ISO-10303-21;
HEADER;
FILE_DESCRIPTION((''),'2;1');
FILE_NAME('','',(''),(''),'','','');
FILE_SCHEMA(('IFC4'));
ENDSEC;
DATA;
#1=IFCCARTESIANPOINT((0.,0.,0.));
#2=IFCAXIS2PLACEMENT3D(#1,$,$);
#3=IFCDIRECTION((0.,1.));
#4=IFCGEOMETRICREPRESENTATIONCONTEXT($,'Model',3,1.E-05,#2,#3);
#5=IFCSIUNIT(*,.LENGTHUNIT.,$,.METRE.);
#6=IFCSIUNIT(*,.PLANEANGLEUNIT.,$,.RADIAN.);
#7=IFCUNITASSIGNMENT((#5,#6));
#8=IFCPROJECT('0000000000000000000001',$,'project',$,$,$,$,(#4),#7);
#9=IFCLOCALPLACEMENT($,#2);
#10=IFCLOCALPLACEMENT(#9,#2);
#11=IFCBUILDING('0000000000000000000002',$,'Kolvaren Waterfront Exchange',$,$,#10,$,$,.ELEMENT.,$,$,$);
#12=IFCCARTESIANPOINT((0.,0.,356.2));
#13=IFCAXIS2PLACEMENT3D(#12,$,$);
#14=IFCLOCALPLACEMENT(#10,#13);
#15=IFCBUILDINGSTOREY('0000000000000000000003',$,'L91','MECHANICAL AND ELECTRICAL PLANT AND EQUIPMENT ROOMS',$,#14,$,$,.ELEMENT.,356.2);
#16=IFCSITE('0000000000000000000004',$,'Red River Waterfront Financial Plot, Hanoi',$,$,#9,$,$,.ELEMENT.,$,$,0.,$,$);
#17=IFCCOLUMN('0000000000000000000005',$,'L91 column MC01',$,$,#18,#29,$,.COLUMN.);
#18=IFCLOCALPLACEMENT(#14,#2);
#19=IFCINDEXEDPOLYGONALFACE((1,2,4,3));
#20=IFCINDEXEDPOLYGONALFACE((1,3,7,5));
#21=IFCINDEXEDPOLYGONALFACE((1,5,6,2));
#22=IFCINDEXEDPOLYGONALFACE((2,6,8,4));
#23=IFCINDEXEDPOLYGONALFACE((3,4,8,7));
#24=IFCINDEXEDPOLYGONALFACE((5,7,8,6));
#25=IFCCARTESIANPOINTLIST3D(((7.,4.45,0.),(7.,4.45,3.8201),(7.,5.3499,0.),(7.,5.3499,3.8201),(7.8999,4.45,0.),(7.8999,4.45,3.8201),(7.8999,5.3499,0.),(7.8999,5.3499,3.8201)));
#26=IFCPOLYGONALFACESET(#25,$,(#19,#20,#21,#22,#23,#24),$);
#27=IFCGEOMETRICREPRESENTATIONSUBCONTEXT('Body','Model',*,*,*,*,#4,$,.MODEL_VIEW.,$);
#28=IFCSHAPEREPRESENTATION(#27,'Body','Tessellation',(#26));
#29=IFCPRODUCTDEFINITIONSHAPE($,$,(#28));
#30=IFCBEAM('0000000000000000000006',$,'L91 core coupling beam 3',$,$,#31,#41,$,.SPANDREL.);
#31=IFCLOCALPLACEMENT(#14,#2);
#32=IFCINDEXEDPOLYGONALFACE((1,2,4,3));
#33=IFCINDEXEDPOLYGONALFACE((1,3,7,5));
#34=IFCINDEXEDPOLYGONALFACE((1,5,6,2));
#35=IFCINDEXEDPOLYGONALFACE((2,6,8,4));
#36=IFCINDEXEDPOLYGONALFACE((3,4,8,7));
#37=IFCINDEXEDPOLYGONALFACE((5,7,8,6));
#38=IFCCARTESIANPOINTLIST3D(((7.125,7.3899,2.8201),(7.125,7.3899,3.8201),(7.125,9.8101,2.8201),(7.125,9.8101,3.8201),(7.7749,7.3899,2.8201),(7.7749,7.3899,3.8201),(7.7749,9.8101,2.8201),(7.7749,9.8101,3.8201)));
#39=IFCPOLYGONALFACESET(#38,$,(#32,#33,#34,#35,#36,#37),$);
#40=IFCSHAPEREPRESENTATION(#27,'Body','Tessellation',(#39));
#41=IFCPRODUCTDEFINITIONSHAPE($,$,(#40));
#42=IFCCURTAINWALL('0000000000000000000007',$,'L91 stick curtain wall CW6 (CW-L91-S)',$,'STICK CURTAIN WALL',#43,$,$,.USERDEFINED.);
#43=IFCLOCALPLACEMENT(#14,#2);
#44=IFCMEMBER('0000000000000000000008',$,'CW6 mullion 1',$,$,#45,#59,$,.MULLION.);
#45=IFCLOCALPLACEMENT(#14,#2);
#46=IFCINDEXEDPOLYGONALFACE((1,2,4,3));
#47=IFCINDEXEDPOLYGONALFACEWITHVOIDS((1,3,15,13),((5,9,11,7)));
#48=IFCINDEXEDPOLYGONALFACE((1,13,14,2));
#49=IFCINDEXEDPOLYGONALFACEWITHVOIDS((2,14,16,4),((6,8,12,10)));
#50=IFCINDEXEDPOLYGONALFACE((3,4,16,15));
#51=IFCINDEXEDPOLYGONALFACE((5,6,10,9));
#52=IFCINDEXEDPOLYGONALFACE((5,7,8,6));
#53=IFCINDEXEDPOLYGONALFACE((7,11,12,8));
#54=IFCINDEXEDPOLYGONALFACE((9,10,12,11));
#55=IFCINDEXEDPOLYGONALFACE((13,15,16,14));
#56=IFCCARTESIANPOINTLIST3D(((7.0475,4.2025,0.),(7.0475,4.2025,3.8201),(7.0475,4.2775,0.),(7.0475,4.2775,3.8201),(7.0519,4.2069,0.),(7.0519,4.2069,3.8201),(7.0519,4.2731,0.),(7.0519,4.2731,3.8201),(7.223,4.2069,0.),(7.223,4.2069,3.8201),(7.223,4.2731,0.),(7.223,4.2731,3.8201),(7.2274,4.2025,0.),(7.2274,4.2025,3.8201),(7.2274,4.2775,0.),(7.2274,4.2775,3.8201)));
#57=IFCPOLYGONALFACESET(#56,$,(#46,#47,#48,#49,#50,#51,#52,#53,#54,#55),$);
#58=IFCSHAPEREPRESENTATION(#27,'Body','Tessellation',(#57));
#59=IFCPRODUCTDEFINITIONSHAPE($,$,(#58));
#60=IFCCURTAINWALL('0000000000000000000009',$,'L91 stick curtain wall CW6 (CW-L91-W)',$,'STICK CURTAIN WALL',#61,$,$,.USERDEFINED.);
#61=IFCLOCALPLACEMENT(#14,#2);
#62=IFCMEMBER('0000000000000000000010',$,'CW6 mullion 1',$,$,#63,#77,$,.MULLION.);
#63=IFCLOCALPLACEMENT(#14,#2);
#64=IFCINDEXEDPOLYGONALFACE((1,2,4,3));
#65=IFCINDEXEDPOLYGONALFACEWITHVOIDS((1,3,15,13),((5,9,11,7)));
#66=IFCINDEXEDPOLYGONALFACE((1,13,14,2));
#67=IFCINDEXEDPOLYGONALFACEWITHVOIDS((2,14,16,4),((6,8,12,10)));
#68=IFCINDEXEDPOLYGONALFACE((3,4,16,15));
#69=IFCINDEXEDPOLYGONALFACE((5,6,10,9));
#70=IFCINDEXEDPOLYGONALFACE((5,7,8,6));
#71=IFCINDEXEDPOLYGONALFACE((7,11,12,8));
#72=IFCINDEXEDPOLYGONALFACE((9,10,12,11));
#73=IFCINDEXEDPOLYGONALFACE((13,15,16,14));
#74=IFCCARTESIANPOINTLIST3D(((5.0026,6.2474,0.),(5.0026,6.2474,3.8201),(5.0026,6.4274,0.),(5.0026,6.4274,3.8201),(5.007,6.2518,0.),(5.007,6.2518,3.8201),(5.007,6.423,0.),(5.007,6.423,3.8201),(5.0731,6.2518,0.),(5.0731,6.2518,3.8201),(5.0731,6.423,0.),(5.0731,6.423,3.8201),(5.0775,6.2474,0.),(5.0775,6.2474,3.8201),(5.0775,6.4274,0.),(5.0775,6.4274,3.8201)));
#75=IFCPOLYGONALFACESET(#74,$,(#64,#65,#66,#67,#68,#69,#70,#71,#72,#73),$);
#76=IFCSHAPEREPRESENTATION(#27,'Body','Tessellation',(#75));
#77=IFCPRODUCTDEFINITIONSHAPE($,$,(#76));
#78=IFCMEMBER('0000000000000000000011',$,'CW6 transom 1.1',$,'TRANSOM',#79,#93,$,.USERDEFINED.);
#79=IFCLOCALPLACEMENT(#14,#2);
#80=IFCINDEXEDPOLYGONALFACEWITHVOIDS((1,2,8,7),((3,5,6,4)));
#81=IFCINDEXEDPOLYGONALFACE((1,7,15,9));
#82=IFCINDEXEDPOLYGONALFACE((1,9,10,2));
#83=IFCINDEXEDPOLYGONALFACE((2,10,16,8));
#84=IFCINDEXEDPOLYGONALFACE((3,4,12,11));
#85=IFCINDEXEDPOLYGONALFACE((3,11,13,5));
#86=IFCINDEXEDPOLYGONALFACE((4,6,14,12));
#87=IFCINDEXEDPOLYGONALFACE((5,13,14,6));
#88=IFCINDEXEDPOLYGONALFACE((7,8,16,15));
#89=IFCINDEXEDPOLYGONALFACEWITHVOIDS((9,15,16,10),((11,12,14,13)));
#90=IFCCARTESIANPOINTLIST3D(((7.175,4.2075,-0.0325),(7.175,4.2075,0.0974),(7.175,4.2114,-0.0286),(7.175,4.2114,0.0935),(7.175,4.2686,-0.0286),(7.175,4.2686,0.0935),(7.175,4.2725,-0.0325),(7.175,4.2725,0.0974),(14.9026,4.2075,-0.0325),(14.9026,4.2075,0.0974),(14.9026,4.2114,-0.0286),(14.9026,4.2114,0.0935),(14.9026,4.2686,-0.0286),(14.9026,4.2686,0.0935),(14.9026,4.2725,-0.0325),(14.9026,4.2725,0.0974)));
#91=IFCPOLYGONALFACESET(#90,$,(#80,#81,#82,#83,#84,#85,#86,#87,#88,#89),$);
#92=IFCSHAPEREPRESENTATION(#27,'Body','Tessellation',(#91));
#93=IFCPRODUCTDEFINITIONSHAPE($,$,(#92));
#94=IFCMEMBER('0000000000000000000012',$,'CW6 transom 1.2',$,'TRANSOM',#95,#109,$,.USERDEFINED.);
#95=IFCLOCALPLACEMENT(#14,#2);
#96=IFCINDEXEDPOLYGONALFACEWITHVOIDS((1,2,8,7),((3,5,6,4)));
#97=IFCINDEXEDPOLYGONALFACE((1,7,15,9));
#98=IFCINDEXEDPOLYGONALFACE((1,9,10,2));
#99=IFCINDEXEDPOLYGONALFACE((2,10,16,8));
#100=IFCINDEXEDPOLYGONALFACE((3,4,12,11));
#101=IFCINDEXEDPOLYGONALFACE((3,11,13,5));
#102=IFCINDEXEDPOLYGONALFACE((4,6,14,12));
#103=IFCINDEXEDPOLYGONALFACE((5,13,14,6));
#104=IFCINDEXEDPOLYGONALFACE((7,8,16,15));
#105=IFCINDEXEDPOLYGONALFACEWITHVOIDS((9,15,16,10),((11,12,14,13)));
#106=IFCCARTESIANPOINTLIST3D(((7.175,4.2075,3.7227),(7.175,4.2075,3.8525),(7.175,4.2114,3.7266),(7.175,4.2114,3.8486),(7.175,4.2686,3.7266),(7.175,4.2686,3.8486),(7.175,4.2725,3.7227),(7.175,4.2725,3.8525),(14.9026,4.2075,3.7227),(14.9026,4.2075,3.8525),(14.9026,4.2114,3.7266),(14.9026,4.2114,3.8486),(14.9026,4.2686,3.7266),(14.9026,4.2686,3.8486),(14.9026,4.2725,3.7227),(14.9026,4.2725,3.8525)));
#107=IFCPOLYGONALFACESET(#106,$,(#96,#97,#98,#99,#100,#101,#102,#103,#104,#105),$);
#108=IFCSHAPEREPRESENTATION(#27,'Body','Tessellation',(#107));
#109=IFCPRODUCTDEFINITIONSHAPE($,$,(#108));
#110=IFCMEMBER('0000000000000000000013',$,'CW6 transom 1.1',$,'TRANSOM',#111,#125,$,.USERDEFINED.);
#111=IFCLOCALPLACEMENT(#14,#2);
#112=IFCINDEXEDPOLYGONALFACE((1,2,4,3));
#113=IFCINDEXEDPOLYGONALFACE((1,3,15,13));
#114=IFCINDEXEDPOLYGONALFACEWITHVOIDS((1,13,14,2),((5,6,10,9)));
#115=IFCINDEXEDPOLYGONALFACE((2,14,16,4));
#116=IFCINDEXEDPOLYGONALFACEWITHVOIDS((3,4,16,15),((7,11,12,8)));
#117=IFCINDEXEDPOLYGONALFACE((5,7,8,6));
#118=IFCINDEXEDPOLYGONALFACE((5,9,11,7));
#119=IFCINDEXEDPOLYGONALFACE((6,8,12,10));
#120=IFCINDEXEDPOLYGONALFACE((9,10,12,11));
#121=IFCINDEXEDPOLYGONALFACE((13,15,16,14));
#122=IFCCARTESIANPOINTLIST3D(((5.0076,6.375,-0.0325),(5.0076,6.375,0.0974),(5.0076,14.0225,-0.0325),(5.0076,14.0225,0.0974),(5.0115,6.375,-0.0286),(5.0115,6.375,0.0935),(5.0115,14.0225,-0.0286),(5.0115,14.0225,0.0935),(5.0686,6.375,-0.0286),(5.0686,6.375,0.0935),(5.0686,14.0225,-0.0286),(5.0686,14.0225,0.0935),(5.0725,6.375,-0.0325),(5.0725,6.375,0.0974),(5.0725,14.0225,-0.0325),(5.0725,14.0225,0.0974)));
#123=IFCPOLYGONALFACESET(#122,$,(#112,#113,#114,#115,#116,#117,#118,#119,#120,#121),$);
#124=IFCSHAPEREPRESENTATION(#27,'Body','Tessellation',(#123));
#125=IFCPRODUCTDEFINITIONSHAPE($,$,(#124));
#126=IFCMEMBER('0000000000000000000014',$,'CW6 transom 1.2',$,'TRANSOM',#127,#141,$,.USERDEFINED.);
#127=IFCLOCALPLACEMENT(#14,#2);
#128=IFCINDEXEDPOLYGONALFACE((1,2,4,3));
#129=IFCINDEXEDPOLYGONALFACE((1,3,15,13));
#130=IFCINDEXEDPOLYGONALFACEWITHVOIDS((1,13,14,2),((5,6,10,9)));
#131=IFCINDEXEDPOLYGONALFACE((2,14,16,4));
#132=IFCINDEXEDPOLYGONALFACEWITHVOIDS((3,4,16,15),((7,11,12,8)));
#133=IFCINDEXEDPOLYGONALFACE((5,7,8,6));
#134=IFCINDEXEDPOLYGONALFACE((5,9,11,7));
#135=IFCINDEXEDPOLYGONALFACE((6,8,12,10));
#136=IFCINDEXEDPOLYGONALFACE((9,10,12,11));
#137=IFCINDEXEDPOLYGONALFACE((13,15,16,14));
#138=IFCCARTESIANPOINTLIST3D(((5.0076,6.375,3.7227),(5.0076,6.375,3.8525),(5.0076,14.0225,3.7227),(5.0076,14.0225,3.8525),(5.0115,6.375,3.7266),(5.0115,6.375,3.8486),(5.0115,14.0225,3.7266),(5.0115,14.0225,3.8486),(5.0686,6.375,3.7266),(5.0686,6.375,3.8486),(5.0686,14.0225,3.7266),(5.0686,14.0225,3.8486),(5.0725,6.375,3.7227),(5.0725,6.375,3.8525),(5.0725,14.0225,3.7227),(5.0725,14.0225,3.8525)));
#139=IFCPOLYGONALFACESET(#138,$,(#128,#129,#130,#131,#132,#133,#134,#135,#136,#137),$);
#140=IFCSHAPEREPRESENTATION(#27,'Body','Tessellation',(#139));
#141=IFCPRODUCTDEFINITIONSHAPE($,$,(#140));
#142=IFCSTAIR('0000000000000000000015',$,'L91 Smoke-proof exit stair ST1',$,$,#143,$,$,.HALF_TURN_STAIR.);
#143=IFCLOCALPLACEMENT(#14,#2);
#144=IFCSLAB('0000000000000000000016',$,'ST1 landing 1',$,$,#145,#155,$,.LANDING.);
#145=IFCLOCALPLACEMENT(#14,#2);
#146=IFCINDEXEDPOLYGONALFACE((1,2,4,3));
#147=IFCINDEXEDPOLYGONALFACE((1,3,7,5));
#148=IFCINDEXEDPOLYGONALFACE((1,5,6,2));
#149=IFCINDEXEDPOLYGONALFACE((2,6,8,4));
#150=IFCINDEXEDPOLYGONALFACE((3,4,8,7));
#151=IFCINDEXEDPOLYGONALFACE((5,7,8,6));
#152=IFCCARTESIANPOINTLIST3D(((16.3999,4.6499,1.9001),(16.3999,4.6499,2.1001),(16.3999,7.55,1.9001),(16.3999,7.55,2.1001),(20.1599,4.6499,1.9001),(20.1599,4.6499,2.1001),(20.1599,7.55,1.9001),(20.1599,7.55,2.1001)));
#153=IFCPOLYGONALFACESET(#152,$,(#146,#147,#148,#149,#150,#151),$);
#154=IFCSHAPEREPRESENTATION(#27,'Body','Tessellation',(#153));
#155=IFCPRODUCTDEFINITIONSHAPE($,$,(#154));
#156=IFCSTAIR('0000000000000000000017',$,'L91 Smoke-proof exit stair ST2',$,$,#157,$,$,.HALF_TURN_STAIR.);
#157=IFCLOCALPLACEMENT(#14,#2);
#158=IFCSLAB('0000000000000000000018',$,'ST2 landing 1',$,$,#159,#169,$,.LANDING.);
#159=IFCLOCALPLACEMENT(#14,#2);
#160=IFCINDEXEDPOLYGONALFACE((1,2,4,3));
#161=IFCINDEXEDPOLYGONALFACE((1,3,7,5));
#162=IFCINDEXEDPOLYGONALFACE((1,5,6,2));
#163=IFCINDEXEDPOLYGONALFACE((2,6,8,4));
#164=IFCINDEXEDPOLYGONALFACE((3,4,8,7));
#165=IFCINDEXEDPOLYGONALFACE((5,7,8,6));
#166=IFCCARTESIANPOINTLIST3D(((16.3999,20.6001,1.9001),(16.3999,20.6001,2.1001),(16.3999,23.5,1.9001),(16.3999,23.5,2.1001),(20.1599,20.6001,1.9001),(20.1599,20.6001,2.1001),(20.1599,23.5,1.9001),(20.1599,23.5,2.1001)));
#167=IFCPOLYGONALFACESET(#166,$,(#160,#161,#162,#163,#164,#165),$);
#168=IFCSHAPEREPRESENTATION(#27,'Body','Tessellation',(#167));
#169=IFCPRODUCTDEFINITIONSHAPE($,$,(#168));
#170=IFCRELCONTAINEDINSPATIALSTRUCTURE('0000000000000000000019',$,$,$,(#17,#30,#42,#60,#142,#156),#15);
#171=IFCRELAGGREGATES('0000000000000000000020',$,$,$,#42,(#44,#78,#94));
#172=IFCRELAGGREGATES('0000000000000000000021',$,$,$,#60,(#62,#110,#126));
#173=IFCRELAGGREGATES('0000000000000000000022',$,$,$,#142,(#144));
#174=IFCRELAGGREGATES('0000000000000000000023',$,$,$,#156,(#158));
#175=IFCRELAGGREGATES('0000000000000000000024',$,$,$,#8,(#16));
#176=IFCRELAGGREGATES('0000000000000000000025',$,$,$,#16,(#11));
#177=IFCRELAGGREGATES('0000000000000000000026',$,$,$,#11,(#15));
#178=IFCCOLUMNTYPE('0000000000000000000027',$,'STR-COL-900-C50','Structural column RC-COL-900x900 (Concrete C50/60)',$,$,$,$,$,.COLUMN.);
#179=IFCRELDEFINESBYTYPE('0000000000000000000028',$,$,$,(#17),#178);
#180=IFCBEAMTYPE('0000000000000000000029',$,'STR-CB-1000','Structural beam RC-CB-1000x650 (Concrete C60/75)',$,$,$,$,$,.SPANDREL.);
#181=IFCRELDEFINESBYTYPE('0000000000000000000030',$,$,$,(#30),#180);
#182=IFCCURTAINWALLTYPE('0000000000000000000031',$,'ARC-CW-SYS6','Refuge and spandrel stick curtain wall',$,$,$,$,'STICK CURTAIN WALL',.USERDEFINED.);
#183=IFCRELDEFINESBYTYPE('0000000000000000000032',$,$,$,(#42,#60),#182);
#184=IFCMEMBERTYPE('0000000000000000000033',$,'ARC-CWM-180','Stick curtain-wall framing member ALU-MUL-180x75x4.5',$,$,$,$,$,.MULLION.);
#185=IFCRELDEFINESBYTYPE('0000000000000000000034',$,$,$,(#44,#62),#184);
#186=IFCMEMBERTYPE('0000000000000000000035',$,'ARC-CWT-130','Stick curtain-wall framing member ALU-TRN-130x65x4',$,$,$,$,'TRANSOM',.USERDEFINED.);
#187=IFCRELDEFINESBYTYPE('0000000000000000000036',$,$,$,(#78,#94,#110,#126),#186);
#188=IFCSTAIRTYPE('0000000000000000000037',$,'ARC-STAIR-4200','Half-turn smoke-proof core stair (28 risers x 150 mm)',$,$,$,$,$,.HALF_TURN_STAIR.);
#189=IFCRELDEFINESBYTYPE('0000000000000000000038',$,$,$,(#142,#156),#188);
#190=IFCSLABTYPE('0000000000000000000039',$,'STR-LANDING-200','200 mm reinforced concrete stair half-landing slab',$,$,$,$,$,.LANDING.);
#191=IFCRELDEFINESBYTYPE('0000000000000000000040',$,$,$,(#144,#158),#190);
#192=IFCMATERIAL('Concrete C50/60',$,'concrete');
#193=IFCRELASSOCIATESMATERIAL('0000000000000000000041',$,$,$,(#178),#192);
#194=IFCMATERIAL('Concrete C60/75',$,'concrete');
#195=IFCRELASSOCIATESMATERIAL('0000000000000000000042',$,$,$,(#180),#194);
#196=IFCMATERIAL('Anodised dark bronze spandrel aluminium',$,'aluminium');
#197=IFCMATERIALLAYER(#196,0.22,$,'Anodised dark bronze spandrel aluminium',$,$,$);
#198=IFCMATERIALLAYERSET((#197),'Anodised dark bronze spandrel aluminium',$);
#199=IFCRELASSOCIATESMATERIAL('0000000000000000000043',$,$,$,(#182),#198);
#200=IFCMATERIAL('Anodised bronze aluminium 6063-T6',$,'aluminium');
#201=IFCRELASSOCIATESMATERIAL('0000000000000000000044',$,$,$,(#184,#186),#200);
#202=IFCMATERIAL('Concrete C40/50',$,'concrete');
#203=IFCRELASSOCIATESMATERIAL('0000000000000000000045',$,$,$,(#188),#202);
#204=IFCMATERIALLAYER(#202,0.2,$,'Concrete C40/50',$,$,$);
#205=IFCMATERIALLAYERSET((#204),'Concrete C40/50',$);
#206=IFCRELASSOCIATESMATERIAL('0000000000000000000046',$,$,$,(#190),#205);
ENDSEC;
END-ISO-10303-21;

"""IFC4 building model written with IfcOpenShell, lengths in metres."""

from ifc_helpers import new_model, si_unit, direction, frame, origin, origin_with_axes, origin_2d, place, context, subcontext, project, spatial, polyline, rectangle, hollow_rectangle, outline, extrude, source, transform, mapped, material, layer, layer_set, material_profile, profile_set, type_object, element, aggregate, save


model = new_model("IFC4")

# Units and contexts
model_context = context("Model", 3, precision=1e-05, world=origin(), true_north=direction((0.0, 1.0)))
body_context = subcontext(model_context, "Body", "Model", "MODEL_VIEW")
ifc_project = project(units=[si_unit("LENGTHUNIT", "METRE"), si_unit("PLANEANGLEUNIT", "RADIAN")], contexts=[model_context])

# Site, building, storey
site_placement = place(None, origin())
site = spatial("IfcSite", under=ifc_project, at=site_placement, Name="Red River Waterfront Financial Plot, Hanoi", CompositionType="ELEMENT", RefElevation=0.0)
building_placement = place(site_placement, origin())
building = spatial("IfcBuilding", under=site, at=building_placement, Name="Kolvaren Waterfront Exchange", CompositionType="ELEMENT")
storey_placement = place(building_placement, frame((0.0, 0.0, 356.2)))
storey = spatial("IfcBuildingStorey", under=building, at=storey_placement, Name="L91", Description="MECHANICAL AND ELECTRICAL PLANT AND EQUIPMENT ROOMS", CompositionType="ELEMENT", Elevation=356.2)

# Column
ifc_material_1 = material(Name="Concrete C50/60", Category="concrete")
ifc_material_profile_1 = material_profile(ifc_material_1, rectangle(XDim=0.8999, YDim=0.8999, at=origin_2d()), Name="RC-COL-900x900")
ifc_profile_set_1 = profile_set([ifc_material_profile_1], Name="Concrete C50/60")
column_type = type_object("IfcColumnType", Name="STR-COL-900-C50", Description="Structural column RC-COL-900x900 (Concrete C50/60)", PredefinedType="COLUMN", material=ifc_profile_set_1)
column_placement = place(storey_placement, frame((7.45, 4.8999, 0.0), z_axis=(0.0, 0.0, 1.0), x_axis=(1.0, 0.0, 0.0)))
element("IfcColumn", 1, at=column_placement, inside=storey, type_object=column_type, Name="L91 column MC01", PredefinedType="COLUMN", context=body_context, shape_type="SweptSolid", body=[
    extrude(rectangle(XDim=0.8999, YDim=0.8999, at=origin_2d()), origin(), (0.0, 0.0, 1.0), 3.8201),
])

# Beam
ifc_material_2 = material(Name="Concrete C60/75", Category="concrete")
ifc_material_profile_2 = material_profile(ifc_material_2, rectangle(XDim=0.6499, YDim=1.0, at=origin_2d()), Name="RC-CB-1000x650")
ifc_profile_set_2 = profile_set([ifc_material_profile_2], Name="Concrete C60/75")
beam_type = type_object("IfcBeamType", Name="STR-CB-1000", Description="Structural beam RC-CB-1000x650 (Concrete C60/75)", PredefinedType="SPANDREL", material=ifc_profile_set_2)
beam_placement = place(storey_placement, frame((7.45, 7.3899, 3.3201), z_axis=(0.0, 1.0, 0.0), x_axis=(-1.0, 0.0, 0.0)))
element("IfcBeam", 2, at=beam_placement, inside=storey, type_object=beam_type, Name="L91 core coupling beam 3", PredefinedType="SPANDREL", context=body_context, shape_type="SweptSolid", body=[
    extrude(rectangle(XDim=0.6499, YDim=1.0, at=origin_2d()), origin(), (0.0, 0.0, 1.0), 2.4202),
])

# Curtain walls, members
ifc_material_3 = material(Name="Anodised dark bronze spandrel aluminium", Category="aluminium")
ifc_layer_1 = layer(ifc_material_3, 0.22, Name="Anodised dark bronze spandrel aluminium")
ifc_layer_set_1 = layer_set([ifc_layer_1], Name="Anodised dark bronze spandrel aluminium")
curtain_wall_type = type_object("IfcCurtainWallType", Name="ARC-CW-SYS6", Description="Refuge and spandrel stick curtain wall", ElementType="STICK CURTAIN WALL", PredefinedType="USERDEFINED", material=ifc_layer_set_1)
curtain_wall_1_placement = place(storey_placement, origin())
curtain_wall_1 = element("IfcCurtainWall", 3, at=curtain_wall_1_placement, inside=storey, type_object=curtain_wall_type, Name="L91 stick curtain wall CW6 (CW-L91-S)", ObjectType="STICK CURTAIN WALL", PredefinedType="USERDEFINED")
ifc_material_4 = material(Name="Anodised bronze aluminium 6063-T6", Category="aluminium")
ifc_material_profile_3 = material_profile(ifc_material_4, hollow_rectangle(XDim=0.075, YDim=0.1799, WallThickness=0.0044, at=origin_2d()), Name="ALU-MUL-180x75x4.5")
ifc_profile_set_3 = profile_set([ifc_material_profile_3], Name="Anodised bronze aluminium 6063-T6")
member_type_1 = type_object("IfcMemberType", Name="ARC-CWM-180", Description="Stick curtain-wall framing member ALU-MUL-180x75x4.5", PredefinedType="MULLION", material=ifc_profile_set_3)
shared_shape_1 = source(origin_with_axes(), body_context, "Body", "SweptSolid", [
    extrude(hollow_rectangle(XDim=0.075, YDim=0.1799, WallThickness=0.0044, at=origin_2d()), origin(), (0.0, 0.0, 1.0), 3.8201),
])
member_1_placement = place(storey_placement, frame((7.1375, 4.24, 0.0), z_axis=(0.0, 0.0, 1.0), x_axis=(0.0, 1.0, 0.0)))
member_1 = element("IfcMember", 4, at=member_1_placement, type_object=member_type_1, Name="CW6 mullion 1", PredefinedType="MULLION", context=body_context, shape_type="MappedRepresentation", body=[
    mapped(shared_shape_1, transform((0.0, 0.0, 0.0), x_axis=(1.0, 0.0, 0.0), y_axis=(0.0, 1.0, 0.0), z_axis=(0.0, 0.0, 1.0), scale=1.0)),
])
curtain_wall_2_placement = place(storey_placement, origin())
curtain_wall_2 = element("IfcCurtainWall", 5, at=curtain_wall_2_placement, inside=storey, type_object=curtain_wall_type, Name="L91 stick curtain wall CW6 (CW-L91-W)", ObjectType="STICK CURTAIN WALL", PredefinedType="USERDEFINED")
member_2_placement = place(storey_placement, frame((5.04, 6.3374, 0.0), z_axis=(0.0, 0.0, 1.0), x_axis=(-1.0, 0.0, 0.0)))
member_2 = element("IfcMember", 6, at=member_2_placement, type_object=member_type_1, Name="CW6 mullion 1", PredefinedType="MULLION", context=body_context, shape_type="MappedRepresentation", body=[
    mapped(shared_shape_1, transform((0.0, 0.0, 0.0), x_axis=(1.0, 0.0, 0.0), y_axis=(0.0, 1.0, 0.0), z_axis=(0.0, 0.0, 1.0), scale=1.0)),
])

# Members
ifc_material_profile_4 = material_profile(ifc_material_4, hollow_rectangle(XDim=0.0649, YDim=0.1299, WallThickness=0.0039, at=origin_2d()), Name="ALU-TRN-130x65x4")
ifc_profile_set_4 = profile_set([ifc_material_profile_4], Name="Anodised bronze aluminium 6063-T6")
member_type_2 = type_object("IfcMemberType", Name="ARC-CWT-130", Description="Stick curtain-wall framing member ALU-TRN-130x65x4", ElementType="TRANSOM", PredefinedType="USERDEFINED", material=ifc_profile_set_4)
shared_shape_2 = source(origin_with_axes(), body_context, "Body", "SweptSolid", [
    extrude(hollow_rectangle(XDim=0.0649, YDim=0.1299, WallThickness=0.0039, at=origin_2d()), origin(), (0.0, 0.0, 1.0), 7.7275),
])
member_3_placement = place(storey_placement, frame((7.175, 4.24, 0.0325), z_axis=(1.0, 0.0, 0.0), x_axis=(0.0, 1.0, 0.0)))
member_3 = element("IfcMember", 7, at=member_3_placement, type_object=member_type_2, Name="CW6 transom 1.1", ObjectType="TRANSOM", PredefinedType="USERDEFINED", context=body_context, shape_type="MappedRepresentation", body=[
    mapped(shared_shape_2, transform((0.0, 0.0, 0.0), x_axis=(1.0, 0.0, 0.0), y_axis=(0.0, 1.0, 0.0), z_axis=(0.0, 0.0, 1.0), scale=1.0)),
])
member_4_placement = place(storey_placement, frame((7.175, 4.24, 3.7876), z_axis=(1.0, 0.0, 0.0), x_axis=(0.0, 1.0, 0.0)))
member_4 = element("IfcMember", 8, at=member_4_placement, type_object=member_type_2, Name="CW6 transom 1.2", ObjectType="TRANSOM", PredefinedType="USERDEFINED", context=body_context, shape_type="MappedRepresentation", body=[
    mapped(shared_shape_2, transform((0.0, 0.0, 0.0), x_axis=(1.0, 0.0, 0.0), y_axis=(0.0, 1.0, 0.0), z_axis=(0.0, 0.0, 1.0), scale=1.0)),
])
aggregate(curtain_wall_1, [member_1, member_3, member_4])
shared_shape_3 = source(origin_with_axes(), body_context, "Body", "SweptSolid", [
    extrude(hollow_rectangle(XDim=0.0649, YDim=0.1299, WallThickness=0.0039, at=origin_2d()), origin(), (0.0, 0.0, 1.0), 7.6475),
])
member_5_placement = place(storey_placement, frame((5.04, 6.375, 0.0325), z_axis=(0.0, 1.0, 0.0), x_axis=(-1.0, 0.0, 0.0)))
member_5 = element("IfcMember", 9, at=member_5_placement, type_object=member_type_2, Name="CW6 transom 1.1", ObjectType="TRANSOM", PredefinedType="USERDEFINED", context=body_context, shape_type="MappedRepresentation", body=[
    mapped(shared_shape_3, transform((0.0, 0.0, 0.0), x_axis=(1.0, 0.0, 0.0), y_axis=(0.0, 1.0, 0.0), z_axis=(0.0, 0.0, 1.0), scale=1.0)),
])
member_6_placement = place(storey_placement, frame((5.04, 6.375, 3.7876), z_axis=(0.0, 1.0, 0.0), x_axis=(-1.0, 0.0, 0.0)))
member_6 = element("IfcMember", 10, at=member_6_placement, type_object=member_type_2, Name="CW6 transom 1.2", ObjectType="TRANSOM", PredefinedType="USERDEFINED", context=body_context, shape_type="MappedRepresentation", body=[
    mapped(shared_shape_3, transform((0.0, 0.0, 0.0), x_axis=(1.0, 0.0, 0.0), y_axis=(0.0, 1.0, 0.0), z_axis=(0.0, 0.0, 1.0), scale=1.0)),
])
aggregate(curtain_wall_2, [member_2, member_5, member_6])

# Stairs, slabs
ifc_material_5 = material(Name="Concrete C40/50", Category="concrete")
stair_type = type_object("IfcStairType", Name="ARC-STAIR-4200", Description="Half-turn smoke-proof core stair (28 risers x 150 mm)", PredefinedType="HALF_TURN_STAIR", material=ifc_material_5)
stair_1_placement = place(storey_placement, origin())
stair_1 = element("IfcStair", 11, at=stair_1_placement, inside=storey, type_object=stair_type, Name="L91 Smoke-proof exit stair ST1", PredefinedType="HALF_TURN_STAIR")
ifc_layer_2 = layer(ifc_material_5, 0.2, Name="Concrete C40/50")
ifc_layer_set_2 = layer_set([ifc_layer_2], Name="Concrete C40/50")
slab_type_1 = type_object("IfcSlabType", Name="STR-LANDING-200", Description="200 mm reinforced concrete stair half-landing slab", PredefinedType="LANDING", material=ifc_layer_set_2)
slab_1_placement = place(storey_placement, frame((0.0, 0.0, 1.9001)))
slab_1 = element("IfcSlab", 12, at=slab_1_placement, type_object=slab_type_1, Name="ST1 landing 1", PredefinedType="LANDING", context=body_context, shape_type="SweptSolid", body=[
    extrude(outline(polyline([(16.3999, 7.55), (16.3999, 4.6499), (20.1599, 4.6499), (20.1599, 7.55), (16.3999, 7.55)])), origin(), (0.0, 0.0, 1.0), 0.2),
])
aggregate(stair_1, [slab_1])
stair_2_placement = place(storey_placement, origin())
stair_2 = element("IfcStair", 13, at=stair_2_placement, inside=storey, type_object=stair_type, Name="L91 Smoke-proof exit stair ST2", PredefinedType="HALF_TURN_STAIR")
slab_2_placement = place(storey_placement, frame((0.0, 0.0, 1.9001)))
slab_2 = element("IfcSlab", 14, at=slab_2_placement, type_object=slab_type_1, Name="ST2 landing 1", PredefinedType="LANDING", context=body_context, shape_type="SweptSolid", body=[
    extrude(outline(polyline([(20.1599, 20.6001), (20.1599, 23.5), (16.3999, 23.5), (16.3999, 20.6001), (20.1599, 20.6001)])), origin(), (0.0, 0.0, 1.0), 0.2),
])
aggregate(stair_2, [slab_2])

save(model, "model.ifc")
